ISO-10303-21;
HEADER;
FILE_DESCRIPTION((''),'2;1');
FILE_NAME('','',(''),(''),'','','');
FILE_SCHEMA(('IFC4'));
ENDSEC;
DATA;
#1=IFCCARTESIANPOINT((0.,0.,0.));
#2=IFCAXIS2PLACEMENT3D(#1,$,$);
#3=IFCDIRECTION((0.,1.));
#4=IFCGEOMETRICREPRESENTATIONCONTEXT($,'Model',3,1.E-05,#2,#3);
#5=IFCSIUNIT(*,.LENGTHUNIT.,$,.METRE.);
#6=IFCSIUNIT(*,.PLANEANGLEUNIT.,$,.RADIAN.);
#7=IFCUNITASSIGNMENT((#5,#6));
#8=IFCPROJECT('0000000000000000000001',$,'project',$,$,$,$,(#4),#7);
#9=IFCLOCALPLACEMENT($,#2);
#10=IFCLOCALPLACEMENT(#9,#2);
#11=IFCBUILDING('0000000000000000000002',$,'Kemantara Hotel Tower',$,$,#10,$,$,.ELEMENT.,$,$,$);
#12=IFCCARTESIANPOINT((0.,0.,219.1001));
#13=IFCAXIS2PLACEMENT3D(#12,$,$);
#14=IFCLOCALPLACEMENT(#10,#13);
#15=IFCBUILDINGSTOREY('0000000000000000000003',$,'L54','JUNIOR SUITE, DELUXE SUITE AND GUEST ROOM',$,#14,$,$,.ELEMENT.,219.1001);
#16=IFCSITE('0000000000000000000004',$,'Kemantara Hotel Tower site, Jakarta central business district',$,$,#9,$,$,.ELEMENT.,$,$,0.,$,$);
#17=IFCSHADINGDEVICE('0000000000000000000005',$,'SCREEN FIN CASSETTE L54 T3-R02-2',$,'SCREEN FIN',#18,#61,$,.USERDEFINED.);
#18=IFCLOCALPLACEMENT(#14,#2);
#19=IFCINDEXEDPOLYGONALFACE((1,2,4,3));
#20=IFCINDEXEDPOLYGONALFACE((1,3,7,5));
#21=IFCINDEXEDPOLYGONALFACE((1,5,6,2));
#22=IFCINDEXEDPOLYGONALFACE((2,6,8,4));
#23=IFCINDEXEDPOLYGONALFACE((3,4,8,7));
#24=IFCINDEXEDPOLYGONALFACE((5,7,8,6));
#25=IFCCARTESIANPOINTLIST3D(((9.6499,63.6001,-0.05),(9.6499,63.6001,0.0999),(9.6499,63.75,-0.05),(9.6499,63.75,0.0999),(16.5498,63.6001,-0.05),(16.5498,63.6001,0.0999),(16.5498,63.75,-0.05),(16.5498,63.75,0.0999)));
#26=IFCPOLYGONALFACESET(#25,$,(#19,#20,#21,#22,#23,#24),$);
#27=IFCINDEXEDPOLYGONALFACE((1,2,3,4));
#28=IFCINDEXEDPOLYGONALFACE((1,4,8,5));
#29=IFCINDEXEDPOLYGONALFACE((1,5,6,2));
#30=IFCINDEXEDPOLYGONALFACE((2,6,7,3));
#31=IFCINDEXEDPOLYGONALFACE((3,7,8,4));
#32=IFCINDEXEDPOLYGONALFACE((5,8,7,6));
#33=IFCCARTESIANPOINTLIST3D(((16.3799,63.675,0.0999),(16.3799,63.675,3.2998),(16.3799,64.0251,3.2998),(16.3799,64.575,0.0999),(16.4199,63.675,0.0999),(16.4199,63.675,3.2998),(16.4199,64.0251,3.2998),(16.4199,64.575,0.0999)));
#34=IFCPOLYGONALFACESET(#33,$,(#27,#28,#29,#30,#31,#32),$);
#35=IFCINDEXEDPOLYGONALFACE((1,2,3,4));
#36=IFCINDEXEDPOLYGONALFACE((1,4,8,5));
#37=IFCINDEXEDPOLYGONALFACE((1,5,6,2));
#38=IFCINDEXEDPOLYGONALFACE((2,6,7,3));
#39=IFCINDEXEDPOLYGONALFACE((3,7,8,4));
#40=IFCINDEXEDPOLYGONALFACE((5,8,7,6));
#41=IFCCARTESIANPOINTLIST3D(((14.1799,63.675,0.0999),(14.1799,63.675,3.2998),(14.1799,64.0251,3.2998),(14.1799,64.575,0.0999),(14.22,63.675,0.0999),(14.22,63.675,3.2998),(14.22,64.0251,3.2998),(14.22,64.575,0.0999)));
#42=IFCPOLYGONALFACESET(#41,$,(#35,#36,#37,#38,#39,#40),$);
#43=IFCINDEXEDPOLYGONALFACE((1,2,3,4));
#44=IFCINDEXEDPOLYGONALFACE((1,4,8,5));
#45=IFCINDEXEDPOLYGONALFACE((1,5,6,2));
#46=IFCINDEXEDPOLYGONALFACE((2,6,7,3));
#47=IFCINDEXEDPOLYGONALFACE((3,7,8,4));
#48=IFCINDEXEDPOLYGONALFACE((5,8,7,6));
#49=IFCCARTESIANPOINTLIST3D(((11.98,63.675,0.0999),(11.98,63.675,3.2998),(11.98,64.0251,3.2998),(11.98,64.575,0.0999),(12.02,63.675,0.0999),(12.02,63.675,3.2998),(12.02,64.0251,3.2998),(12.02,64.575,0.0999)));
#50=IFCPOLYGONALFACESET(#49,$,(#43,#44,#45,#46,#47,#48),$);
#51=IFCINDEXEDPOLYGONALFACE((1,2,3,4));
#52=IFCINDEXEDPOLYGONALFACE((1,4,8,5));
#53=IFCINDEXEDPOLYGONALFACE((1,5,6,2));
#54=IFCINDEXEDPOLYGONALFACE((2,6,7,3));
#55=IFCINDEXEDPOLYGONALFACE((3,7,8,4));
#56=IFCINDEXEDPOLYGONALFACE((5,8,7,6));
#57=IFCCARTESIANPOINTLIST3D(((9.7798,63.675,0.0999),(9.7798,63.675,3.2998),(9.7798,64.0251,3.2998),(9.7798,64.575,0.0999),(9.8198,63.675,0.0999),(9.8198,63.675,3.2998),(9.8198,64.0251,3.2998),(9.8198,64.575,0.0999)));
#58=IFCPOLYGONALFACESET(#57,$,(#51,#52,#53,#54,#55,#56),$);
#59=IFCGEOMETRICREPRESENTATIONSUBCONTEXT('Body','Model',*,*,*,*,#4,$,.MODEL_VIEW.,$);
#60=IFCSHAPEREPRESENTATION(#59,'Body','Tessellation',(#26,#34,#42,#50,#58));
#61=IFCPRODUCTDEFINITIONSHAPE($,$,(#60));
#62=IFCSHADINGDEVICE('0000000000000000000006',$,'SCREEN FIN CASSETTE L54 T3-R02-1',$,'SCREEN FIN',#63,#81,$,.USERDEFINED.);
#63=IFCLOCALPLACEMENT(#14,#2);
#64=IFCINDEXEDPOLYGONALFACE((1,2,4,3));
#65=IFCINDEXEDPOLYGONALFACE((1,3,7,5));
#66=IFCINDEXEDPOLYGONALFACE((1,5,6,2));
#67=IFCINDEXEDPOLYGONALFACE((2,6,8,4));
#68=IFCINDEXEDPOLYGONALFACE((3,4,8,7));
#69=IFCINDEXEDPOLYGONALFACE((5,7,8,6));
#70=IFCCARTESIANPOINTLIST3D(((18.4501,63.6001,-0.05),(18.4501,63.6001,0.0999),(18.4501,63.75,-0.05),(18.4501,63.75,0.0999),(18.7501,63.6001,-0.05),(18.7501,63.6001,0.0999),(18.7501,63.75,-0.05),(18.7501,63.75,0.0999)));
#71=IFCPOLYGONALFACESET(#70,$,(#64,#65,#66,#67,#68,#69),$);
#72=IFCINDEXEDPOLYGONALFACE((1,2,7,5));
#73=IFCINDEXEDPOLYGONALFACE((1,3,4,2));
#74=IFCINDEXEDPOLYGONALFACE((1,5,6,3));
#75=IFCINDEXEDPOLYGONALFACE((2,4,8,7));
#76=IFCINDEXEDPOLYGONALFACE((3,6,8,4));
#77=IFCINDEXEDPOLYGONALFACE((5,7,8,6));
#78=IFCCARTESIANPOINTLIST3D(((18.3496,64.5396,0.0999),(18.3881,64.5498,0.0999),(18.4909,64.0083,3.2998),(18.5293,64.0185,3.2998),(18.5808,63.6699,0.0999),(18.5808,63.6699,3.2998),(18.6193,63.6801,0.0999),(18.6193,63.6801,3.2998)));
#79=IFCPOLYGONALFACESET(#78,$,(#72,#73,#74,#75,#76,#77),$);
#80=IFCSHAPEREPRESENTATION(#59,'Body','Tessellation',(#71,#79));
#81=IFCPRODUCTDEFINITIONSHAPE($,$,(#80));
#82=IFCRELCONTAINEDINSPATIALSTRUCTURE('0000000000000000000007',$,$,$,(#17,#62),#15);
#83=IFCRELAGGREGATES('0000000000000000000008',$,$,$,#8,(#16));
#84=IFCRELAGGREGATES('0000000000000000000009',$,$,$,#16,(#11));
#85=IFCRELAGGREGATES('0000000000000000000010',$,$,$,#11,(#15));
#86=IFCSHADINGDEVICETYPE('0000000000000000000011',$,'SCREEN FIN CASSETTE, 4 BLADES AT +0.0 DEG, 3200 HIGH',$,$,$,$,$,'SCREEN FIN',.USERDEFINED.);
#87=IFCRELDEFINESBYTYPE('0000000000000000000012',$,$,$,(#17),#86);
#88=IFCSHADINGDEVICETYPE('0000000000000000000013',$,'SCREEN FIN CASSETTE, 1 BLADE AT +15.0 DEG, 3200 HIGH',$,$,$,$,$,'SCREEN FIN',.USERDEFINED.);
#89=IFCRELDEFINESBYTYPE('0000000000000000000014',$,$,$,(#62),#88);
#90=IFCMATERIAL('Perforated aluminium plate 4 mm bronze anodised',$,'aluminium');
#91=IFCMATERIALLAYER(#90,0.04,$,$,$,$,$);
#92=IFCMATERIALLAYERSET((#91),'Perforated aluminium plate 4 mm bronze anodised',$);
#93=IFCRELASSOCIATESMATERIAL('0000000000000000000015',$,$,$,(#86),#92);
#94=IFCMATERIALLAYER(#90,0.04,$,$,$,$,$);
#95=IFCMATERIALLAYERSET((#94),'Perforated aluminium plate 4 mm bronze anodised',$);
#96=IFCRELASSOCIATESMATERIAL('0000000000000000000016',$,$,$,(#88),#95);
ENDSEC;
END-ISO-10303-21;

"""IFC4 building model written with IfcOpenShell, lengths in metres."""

from ifc_helpers import new_model, si_unit, direction, frame, origin, origin_2d, place, context, subcontext, project, spatial, polyline, rectangle, outline, extrude, source, transform, mapped, material, layer, layer_set, type_object, element, save


model = new_model("IFC4")

# Units and contexts
model_context = context("Model", 3, precision=1e-05, world=origin(), true_north=direction((0.0, 1.0)))
body_context = subcontext(model_context, "Body", "Model", "MODEL_VIEW")
ifc_project = project(units=[si_unit("LENGTHUNIT", "METRE"), si_unit("PLANEANGLEUNIT", "RADIAN")], contexts=[model_context])

# Site, building, storey
site_placement = place(None, origin())
site = spatial("IfcSite", under=ifc_project, at=site_placement, Name="Kemantara Hotel Tower site, Jakarta central business district", CompositionType="ELEMENT", RefElevation=0.0)
building_placement = place(site_placement, origin())
building = spatial("IfcBuilding", under=site, at=building_placement, Name="Kemantara Hotel Tower", CompositionType="ELEMENT")
storey_placement = place(building_placement, frame((0.0, 0.0, 219.1001)))
storey = spatial("IfcBuildingStorey", under=building, at=storey_placement, Name="L54", Description="JUNIOR SUITE, DELUXE SUITE AND GUEST ROOM", CompositionType="ELEMENT", Elevation=219.1001)

# Shading devices
ifc_material_1 = material(Name="Perforated aluminium plate 4 mm bronze anodised", Category="aluminium")
ifc_layer_1 = layer(ifc_material_1, 0.04)
ifc_layer_set_1 = layer_set([ifc_layer_1], Name="Perforated aluminium plate 4 mm bronze anodised")
shading_device_type_1 = type_object("IfcShadingDeviceType", Name="SCREEN FIN CASSETTE, 4 BLADES AT +0.0 DEG, 3200 HIGH", ElementType="SCREEN FIN", PredefinedType="USERDEFINED", material=ifc_layer_set_1)
shared_shape_1 = source(origin(), body_context, "Body", "SweptSolid", [
    extrude(rectangle(XDim=6.8999, YDim=0.1499, at=origin_2d()), frame((3.3, -0.075, -0.1499), z_axis=(0.0, 0.0, 1.0), x_axis=(1.0, 0.0, 0.0)), (0.0, 0.0, 1.0), 0.1499),
    extrude(outline(polyline([(0.0, 0.0), (0.8999, 0.0), (0.3501, 3.2), (0.0, 3.2), (0.0, 0.0)])), frame((0.02, -0.075, 0.0), z_axis=(-1.0, 0.0, 0.0), x_axis=(0.0, -1.0, 0.0)), (0.0, 0.0, 1.0), 0.04),
    extrude(outline(polyline([(0.0, 0.0), (0.8999, 0.0), (0.3501, 3.2), (0.0, 3.2), (0.0, 0.0)])), frame((2.22, -0.075, 0.0), z_axis=(-1.0, 0.0, 0.0), x_axis=(0.0, -1.0, 0.0)), (0.0, 0.0, 1.0), 0.04),
    extrude(outline(polyline([(0.0, 0.0), (0.8999, 0.0), (0.3501, 3.2), (0.0, 3.2), (0.0, 0.0)])), frame((4.4199, -0.075, 0.0), z_axis=(-1.0, 0.0, 0.0), x_axis=(0.0, -1.0, 0.0)), (0.0, 0.0, 1.0), 0.04),
    extrude(outline(polyline([(0.0, 0.0), (0.8999, 0.0), (0.3501, 3.2), (0.0, 3.2), (0.0, 0.0)])), frame((6.6201, -0.075, 0.0), z_axis=(-1.0, 0.0, 0.0), x_axis=(0.0, -1.0, 0.0)), (0.0, 0.0, 1.0), 0.04),
])
shading_device_1_placement = place(storey_placement, frame((16.3999, 63.6001, 0.0999), z_axis=(0.0, 0.0, 1.0), x_axis=(-1.0, 0.0, 0.0)))
element("IfcShadingDevice", 1, at=shading_device_1_placement, inside=storey, type_object=shading_device_type_1, Name="SCREEN FIN CASSETTE L54 T3-R02-2", ObjectType="SCREEN FIN", PredefinedType="USERDEFINED", context=body_context, shape_type="MappedRepresentation", body=[
    mapped(shared_shape_1, transform((0.0, 0.0, 0.0))),
])
ifc_layer_2 = layer(ifc_material_1, 0.04)
ifc_layer_set_2 = layer_set([ifc_layer_2], Name="Perforated aluminium plate 4 mm bronze anodised")
shading_device_type_2 = type_object("IfcShadingDeviceType", Name="SCREEN FIN CASSETTE, 1 BLADE AT +15.0 DEG, 3200 HIGH", ElementType="SCREEN FIN", PredefinedType="USERDEFINED", material=ifc_layer_set_2)
shared_shape_2 = source(origin(), body_context, "Body", "SweptSolid", [
    extrude(rectangle(XDim=0.3, YDim=0.1499, at=origin_2d()), frame((0.0, -0.075, -0.1499), z_axis=(0.0, 0.0, 1.0), x_axis=(1.0, 0.0, 0.0)), (0.0, 0.0, 1.0), 0.1499),
    extrude(outline(polyline([(0.0, 0.0), (0.8999, 0.0), (0.3501, 3.2), (0.0, 3.2), (0.0, 0.0)])), frame((0.0193, -0.0698, 0.0), z_axis=(-0.966438, -0.256901, 0.0), x_axis=(0.256901, -0.966438, 0.0)), (0.0, 0.0, 1.0), 0.0398),
])
shading_device_2_placement = place(storey_placement, frame((18.6001, 63.6001, 0.0999), z_axis=(0.0, 0.0, 1.0), x_axis=(-1.0, 0.0, 0.0)))
element("IfcShadingDevice", 2, at=shading_device_2_placement, inside=storey, type_object=shading_device_type_2, Name="SCREEN FIN CASSETTE L54 T3-R02-1", ObjectType="SCREEN FIN", PredefinedType="USERDEFINED", context=body_context, shape_type="MappedRepresentation", body=[
    mapped(shared_shape_2, transform((0.0, 0.0, 0.0))),
])

save(model, "model.ifc")
